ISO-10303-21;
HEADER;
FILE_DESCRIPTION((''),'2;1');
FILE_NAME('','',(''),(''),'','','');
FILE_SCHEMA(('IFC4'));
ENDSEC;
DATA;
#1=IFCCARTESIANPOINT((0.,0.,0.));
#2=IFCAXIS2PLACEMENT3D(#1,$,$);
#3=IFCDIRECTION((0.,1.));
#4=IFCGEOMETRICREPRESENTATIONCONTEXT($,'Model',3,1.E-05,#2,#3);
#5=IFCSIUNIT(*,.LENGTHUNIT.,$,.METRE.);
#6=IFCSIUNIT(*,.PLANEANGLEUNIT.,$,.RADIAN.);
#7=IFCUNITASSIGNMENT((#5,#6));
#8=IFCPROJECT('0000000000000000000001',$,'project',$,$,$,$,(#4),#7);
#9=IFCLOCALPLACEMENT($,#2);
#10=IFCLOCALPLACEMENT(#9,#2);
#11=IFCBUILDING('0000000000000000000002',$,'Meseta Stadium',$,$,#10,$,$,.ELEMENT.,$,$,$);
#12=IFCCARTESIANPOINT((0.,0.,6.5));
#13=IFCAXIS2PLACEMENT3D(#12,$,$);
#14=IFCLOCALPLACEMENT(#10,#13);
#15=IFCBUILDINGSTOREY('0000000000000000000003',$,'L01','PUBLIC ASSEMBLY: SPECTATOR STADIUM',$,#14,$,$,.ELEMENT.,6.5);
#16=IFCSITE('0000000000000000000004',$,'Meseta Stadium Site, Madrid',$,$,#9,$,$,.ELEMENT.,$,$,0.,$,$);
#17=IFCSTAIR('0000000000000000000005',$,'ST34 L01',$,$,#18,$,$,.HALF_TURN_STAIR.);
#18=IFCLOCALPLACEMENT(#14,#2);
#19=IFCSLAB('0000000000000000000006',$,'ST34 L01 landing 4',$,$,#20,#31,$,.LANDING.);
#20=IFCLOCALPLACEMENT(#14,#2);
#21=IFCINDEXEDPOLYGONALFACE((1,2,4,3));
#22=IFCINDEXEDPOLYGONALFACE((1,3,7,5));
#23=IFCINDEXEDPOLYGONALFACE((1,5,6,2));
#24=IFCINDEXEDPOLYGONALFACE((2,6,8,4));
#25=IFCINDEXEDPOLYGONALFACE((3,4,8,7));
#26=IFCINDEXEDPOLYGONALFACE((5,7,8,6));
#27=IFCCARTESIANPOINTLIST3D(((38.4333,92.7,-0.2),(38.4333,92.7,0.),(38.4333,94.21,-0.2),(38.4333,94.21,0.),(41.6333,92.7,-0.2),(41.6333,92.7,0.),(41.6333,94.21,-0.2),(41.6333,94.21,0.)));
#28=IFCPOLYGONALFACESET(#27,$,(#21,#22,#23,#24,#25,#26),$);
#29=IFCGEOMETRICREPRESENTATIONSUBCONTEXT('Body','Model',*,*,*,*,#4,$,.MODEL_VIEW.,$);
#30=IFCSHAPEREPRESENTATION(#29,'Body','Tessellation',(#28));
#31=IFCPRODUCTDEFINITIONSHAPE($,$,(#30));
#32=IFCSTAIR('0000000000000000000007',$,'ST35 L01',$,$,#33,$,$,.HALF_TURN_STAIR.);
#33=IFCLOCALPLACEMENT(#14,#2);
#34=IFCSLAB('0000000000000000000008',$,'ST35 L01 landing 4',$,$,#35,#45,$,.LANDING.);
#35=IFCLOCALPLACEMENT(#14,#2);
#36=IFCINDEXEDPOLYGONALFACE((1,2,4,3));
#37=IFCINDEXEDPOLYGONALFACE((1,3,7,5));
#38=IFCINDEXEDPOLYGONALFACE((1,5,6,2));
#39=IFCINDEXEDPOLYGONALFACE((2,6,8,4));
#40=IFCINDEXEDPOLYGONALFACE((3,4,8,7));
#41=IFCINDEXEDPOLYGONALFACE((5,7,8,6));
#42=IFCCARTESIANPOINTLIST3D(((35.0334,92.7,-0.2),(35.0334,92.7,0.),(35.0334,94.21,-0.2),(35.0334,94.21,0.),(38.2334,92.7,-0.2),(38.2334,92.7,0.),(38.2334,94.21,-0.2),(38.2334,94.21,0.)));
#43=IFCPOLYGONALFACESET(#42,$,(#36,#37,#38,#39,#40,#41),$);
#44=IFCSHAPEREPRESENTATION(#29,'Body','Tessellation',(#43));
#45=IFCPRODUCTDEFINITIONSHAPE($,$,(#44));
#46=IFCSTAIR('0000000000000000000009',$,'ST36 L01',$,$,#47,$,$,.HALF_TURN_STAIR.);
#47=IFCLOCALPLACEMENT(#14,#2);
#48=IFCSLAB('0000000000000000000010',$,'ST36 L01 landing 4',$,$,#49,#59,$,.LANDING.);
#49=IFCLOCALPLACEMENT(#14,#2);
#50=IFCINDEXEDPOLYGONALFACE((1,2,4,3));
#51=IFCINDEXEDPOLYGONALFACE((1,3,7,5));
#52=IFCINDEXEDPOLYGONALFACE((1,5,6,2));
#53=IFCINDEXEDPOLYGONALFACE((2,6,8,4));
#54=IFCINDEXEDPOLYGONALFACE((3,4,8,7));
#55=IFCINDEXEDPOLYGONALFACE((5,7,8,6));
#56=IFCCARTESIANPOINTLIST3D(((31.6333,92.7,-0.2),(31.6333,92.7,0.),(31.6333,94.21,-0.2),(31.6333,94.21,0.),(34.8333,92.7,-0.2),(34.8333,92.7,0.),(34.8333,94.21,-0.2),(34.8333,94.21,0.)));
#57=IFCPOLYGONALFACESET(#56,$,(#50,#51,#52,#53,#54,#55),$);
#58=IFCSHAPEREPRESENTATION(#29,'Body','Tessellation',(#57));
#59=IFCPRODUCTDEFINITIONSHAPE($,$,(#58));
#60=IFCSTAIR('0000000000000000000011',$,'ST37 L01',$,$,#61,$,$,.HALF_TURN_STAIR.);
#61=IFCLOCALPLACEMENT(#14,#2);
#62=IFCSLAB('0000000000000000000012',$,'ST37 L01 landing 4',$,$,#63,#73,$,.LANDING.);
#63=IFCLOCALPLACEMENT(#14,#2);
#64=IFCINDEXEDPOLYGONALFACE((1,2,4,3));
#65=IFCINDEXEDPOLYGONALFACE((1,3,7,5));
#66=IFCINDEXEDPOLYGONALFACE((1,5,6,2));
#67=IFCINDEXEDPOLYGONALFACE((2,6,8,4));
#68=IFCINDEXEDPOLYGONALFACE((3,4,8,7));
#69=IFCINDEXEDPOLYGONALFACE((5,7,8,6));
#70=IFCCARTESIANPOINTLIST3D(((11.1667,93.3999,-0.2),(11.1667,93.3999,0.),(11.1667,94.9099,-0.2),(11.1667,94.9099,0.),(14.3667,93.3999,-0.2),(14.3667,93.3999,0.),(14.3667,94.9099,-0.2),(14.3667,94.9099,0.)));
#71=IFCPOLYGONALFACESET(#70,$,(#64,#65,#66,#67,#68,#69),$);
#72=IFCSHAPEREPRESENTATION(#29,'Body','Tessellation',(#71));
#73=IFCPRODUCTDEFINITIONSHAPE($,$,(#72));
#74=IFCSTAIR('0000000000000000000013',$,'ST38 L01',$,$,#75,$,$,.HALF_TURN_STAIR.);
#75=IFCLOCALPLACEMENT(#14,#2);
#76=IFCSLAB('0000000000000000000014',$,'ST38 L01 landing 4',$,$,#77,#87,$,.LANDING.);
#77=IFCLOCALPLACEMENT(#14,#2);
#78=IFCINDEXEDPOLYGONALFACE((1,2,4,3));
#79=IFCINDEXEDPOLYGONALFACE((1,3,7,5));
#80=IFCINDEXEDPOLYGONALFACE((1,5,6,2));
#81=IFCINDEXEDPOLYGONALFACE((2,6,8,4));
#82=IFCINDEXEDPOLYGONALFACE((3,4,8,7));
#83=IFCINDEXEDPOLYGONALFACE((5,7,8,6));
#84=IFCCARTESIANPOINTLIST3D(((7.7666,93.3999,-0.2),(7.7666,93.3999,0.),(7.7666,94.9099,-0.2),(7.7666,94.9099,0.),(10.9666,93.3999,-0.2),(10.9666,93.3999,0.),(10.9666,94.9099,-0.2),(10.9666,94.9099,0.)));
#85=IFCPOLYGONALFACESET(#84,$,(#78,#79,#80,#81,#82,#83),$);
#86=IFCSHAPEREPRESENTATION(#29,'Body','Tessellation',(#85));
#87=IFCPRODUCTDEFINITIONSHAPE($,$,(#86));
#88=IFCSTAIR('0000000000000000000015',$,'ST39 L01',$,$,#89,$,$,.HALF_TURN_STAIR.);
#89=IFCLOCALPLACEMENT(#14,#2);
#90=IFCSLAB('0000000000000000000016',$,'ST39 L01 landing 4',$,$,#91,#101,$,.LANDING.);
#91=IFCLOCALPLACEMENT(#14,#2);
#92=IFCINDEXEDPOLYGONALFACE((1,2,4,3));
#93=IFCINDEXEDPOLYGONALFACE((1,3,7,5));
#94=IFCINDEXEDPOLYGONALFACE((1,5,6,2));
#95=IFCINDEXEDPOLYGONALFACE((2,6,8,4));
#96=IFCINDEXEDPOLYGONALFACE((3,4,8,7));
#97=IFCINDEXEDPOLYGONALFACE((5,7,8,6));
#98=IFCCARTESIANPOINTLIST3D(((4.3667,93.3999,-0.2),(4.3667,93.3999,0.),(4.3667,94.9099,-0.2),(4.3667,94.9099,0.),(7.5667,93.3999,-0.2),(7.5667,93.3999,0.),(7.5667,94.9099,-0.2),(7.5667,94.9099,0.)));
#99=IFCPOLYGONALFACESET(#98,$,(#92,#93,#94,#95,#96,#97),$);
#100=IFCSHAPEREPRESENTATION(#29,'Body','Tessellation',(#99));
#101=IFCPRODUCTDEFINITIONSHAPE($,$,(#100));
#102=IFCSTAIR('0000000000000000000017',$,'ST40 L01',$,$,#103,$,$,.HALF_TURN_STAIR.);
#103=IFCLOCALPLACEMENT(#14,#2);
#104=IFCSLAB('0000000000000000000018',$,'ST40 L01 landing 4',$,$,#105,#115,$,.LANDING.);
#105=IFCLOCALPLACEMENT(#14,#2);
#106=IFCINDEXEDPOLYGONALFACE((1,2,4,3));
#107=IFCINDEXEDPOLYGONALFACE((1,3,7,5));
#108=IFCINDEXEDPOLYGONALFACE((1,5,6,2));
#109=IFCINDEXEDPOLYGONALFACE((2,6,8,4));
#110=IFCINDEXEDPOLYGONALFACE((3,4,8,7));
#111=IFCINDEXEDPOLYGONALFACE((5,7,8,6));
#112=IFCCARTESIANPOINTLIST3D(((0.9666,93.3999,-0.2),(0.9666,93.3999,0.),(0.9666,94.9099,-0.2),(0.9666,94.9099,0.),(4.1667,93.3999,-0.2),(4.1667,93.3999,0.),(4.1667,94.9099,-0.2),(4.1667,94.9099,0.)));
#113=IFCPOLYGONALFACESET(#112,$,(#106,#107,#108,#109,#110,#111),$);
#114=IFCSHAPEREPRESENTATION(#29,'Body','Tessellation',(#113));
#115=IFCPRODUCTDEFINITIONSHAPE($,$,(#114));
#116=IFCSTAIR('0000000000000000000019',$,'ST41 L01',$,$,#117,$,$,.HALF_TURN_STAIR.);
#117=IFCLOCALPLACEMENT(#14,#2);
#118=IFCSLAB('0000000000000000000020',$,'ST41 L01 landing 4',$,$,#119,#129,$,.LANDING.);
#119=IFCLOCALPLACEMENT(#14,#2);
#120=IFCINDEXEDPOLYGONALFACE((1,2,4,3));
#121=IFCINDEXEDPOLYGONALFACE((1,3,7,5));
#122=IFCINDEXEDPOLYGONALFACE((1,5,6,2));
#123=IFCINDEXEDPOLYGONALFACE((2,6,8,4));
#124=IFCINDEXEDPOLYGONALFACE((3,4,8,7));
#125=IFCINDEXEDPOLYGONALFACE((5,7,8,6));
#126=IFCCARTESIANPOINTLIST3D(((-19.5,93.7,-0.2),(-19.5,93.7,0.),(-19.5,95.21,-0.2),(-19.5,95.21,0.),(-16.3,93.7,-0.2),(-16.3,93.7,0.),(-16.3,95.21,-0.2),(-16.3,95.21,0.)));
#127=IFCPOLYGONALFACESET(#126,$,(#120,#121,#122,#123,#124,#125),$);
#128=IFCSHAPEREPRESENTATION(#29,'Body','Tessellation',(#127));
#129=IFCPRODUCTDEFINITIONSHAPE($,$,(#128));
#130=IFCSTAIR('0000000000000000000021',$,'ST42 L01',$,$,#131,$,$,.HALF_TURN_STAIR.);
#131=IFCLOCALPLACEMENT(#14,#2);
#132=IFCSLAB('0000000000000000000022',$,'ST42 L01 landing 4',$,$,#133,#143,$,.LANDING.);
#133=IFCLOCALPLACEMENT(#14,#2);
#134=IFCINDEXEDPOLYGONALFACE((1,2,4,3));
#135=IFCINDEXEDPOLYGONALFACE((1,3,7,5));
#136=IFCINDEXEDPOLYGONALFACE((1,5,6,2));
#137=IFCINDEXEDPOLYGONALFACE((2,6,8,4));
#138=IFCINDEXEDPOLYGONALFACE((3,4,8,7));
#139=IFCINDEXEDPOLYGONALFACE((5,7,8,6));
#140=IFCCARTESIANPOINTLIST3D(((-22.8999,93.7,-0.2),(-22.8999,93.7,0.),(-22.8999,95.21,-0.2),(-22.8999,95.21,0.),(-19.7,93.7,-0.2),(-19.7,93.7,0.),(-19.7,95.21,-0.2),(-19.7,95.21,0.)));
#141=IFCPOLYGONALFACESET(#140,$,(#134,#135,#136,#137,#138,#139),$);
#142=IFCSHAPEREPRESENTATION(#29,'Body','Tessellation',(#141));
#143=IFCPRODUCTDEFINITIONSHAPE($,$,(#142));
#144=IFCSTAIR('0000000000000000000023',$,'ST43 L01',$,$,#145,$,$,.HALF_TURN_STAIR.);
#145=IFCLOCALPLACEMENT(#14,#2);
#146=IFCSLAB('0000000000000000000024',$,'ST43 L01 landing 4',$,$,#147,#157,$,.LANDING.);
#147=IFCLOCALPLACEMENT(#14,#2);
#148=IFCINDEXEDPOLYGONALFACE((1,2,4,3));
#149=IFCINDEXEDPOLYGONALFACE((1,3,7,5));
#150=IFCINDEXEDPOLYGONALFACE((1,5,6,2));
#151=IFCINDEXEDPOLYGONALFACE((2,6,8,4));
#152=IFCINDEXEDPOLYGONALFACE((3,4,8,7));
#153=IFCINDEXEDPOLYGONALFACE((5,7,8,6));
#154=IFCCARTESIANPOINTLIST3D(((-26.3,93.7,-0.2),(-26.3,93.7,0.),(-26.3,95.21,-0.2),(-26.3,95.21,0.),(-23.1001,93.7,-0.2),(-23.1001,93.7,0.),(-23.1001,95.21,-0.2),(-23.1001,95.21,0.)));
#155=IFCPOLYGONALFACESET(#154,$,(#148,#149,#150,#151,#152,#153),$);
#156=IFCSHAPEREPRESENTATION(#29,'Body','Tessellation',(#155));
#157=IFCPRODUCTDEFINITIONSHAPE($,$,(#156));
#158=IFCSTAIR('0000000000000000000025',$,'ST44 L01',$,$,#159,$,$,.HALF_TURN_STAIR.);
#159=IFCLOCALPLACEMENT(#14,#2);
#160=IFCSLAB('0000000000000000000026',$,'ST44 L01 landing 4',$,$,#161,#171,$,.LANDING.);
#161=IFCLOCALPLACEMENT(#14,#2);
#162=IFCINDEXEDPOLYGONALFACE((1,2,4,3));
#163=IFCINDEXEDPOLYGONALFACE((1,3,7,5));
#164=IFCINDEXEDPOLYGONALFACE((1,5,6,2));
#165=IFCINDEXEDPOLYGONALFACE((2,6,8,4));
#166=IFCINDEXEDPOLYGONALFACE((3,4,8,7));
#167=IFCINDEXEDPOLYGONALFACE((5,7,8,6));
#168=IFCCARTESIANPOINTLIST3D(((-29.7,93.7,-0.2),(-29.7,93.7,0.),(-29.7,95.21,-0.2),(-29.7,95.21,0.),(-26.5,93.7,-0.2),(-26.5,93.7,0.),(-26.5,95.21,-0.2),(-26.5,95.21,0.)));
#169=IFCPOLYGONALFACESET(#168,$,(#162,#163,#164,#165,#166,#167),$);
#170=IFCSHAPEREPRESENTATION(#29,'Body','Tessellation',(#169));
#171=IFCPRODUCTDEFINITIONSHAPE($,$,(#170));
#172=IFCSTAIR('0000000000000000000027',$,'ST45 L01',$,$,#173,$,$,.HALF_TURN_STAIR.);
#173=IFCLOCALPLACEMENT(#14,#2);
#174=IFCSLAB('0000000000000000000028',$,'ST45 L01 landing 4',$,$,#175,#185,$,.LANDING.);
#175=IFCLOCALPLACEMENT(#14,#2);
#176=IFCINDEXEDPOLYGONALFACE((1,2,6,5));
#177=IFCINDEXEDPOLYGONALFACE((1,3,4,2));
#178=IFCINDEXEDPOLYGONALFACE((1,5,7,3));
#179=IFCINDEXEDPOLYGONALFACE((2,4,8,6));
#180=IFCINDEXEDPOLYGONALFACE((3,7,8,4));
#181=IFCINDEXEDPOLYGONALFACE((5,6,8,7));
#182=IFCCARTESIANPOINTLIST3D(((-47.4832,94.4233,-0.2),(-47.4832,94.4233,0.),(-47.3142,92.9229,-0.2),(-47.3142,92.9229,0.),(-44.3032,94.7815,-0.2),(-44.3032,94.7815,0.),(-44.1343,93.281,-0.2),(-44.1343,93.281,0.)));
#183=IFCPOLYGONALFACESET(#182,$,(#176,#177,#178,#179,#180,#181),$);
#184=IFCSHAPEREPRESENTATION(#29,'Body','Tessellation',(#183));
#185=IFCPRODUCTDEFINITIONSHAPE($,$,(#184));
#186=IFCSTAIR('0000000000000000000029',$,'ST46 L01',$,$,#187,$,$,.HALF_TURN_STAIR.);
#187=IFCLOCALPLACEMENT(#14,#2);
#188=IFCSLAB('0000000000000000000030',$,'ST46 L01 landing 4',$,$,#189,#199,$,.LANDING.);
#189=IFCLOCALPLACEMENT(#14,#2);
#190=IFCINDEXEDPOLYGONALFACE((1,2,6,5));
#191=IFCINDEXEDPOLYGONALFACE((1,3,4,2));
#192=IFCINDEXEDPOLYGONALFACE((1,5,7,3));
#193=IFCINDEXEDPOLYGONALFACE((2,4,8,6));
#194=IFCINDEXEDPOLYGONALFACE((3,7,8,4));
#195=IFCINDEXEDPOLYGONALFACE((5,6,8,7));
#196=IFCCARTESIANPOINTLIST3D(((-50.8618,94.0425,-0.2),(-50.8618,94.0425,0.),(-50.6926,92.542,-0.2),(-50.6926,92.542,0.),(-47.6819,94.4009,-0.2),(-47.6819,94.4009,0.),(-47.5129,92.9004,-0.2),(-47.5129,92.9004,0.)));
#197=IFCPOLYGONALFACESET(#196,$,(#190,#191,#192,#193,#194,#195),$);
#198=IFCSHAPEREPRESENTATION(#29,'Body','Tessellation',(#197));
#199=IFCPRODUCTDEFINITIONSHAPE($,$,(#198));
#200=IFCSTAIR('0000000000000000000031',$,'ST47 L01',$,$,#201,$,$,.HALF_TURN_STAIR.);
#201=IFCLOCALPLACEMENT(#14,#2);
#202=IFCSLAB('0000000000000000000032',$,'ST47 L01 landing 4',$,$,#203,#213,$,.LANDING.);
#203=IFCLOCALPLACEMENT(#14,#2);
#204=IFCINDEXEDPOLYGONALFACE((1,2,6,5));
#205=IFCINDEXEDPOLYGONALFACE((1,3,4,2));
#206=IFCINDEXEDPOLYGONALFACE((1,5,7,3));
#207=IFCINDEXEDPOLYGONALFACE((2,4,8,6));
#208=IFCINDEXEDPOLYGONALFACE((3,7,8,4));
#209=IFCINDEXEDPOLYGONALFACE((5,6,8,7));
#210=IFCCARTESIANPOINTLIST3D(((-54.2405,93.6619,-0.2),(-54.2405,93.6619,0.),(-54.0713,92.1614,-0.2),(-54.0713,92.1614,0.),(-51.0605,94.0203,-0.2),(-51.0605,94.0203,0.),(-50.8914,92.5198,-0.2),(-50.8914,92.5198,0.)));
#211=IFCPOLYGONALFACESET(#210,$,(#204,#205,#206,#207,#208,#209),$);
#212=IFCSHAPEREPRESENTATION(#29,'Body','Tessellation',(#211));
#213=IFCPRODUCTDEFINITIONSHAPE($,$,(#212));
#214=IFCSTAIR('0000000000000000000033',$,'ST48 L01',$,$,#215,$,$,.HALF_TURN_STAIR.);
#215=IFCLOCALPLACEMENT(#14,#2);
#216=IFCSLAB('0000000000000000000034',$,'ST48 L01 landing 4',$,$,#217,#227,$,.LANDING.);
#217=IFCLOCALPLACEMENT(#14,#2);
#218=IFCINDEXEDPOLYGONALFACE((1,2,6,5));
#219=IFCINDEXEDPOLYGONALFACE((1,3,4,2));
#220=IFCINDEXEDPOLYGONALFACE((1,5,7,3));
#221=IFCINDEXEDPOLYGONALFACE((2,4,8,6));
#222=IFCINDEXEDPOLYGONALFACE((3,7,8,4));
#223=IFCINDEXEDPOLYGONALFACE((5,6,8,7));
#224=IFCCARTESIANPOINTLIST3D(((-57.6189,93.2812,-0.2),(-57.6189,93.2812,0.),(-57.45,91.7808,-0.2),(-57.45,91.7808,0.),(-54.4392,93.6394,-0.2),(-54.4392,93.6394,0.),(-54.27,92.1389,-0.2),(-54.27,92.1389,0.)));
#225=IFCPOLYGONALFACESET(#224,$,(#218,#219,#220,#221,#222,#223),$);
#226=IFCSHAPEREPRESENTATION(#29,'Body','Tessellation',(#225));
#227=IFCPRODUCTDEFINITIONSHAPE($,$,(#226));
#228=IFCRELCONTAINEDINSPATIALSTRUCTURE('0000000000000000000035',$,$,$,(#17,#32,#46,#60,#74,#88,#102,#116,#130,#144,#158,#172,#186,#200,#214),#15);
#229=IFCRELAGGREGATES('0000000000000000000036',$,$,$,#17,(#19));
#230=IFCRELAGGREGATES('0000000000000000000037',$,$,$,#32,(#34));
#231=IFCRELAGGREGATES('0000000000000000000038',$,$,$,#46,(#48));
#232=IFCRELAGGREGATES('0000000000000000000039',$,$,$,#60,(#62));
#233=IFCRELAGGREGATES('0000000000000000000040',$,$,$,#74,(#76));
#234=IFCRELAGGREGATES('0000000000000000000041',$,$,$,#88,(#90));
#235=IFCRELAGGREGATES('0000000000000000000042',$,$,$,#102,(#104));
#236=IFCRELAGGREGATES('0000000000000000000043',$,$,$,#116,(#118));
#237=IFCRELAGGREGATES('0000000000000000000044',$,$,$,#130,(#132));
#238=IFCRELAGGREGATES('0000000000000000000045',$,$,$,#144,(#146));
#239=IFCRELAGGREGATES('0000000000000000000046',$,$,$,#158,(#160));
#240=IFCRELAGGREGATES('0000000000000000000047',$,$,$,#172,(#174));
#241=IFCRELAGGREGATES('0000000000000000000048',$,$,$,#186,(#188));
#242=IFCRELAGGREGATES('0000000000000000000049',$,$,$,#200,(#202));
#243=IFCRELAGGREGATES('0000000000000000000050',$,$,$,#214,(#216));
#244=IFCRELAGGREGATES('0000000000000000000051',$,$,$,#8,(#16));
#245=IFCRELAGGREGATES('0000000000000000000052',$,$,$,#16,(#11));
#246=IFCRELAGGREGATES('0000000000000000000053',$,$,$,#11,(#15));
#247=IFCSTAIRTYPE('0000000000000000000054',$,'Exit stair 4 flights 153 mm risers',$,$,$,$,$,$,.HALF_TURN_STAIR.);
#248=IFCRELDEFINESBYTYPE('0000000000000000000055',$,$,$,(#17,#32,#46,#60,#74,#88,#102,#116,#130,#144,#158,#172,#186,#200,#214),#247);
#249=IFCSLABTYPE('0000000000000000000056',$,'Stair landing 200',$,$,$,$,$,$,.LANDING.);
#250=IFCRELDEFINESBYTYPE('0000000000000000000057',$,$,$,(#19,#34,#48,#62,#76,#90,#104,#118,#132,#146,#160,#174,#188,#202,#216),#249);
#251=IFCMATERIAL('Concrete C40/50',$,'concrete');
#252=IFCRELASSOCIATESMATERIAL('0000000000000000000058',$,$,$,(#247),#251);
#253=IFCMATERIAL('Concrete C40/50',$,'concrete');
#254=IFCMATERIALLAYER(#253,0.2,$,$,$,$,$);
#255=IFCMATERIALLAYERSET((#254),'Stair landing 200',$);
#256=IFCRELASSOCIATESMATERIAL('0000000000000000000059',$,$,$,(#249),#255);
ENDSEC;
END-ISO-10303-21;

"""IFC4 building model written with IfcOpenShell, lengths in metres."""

from ifc_helpers import new_model, si_unit, direction, frame, origin, place, context, subcontext, project, spatial, polyline, outline, extrude, material, layer, layer_set, type_object, element, aggregate, save


model = new_model("IFC4")

# Units and contexts
model_context = context("Model", 3, precision=1e-05, world=origin(), true_north=direction((0.0, 1.0)))
body_context = subcontext(model_context, "Body", "Model", "MODEL_VIEW")
ifc_project = project(units=[si_unit("LENGTHUNIT", "METRE"), si_unit("PLANEANGLEUNIT", "RADIAN")], contexts=[model_context])

# Site, building, storey
site_placement = place(None, origin())
site = spatial("IfcSite", under=ifc_project, at=site_placement, Name="Meseta Stadium Site, Madrid", CompositionType="ELEMENT", RefElevation=0.0)
building_placement = place(site_placement, origin())
building = spatial("IfcBuilding", under=site, at=building_placement, Name="Meseta Stadium", CompositionType="ELEMENT")
storey_placement = place(building_placement, frame((0.0, 0.0, 6.5)))
storey = spatial("IfcBuildingStorey", under=building, at=storey_placement, Name="L01", Description="PUBLIC ASSEMBLY: SPECTATOR STADIUM", CompositionType="ELEMENT", Elevation=6.5)

# Stairs, slabs
ifc_material_1 = material(Name="Concrete C40/50", Category="concrete")
stair_type = type_object("IfcStairType", Name="Exit stair 4 flights 153 mm risers", PredefinedType="HALF_TURN_STAIR", material=ifc_material_1)
stair_1_placement = place(storey_placement, origin())
stair_1 = element("IfcStair", 1, at=stair_1_placement, inside=storey, type_object=stair_type, Name="ST34 L01", PredefinedType="HALF_TURN_STAIR")
ifc_material_2 = material(Name="Concrete C40/50", Category="concrete")
ifc_layer = layer(ifc_material_2, 0.2)
ifc_layer_set = layer_set([ifc_layer], Name="Stair landing 200")
slab_type = type_object("IfcSlabType", Name="Stair landing 200", PredefinedType="LANDING", material=ifc_layer_set)
slab_1_placement = place(storey_placement, frame((0.0, 0.0, -0.2)))
slab_1 = element("IfcSlab", 2, at=slab_1_placement, type_object=slab_type, Name="ST34 L01 landing 4", PredefinedType="LANDING", context=body_context, shape_type="SweptSolid", body=[
    extrude(outline(polyline([(41.6333, 92.7), (41.6333, 94.21), (38.4333, 94.21), (38.4333, 92.7), (41.6333, 92.7)])), origin(), (0.0, 0.0, 1.0), 0.2),
])
aggregate(stair_1, [slab_1])
stair_2_placement = place(storey_placement, origin())
stair_2 = element("IfcStair", 3, at=stair_2_placement, inside=storey, type_object=stair_type, Name="ST35 L01", PredefinedType="HALF_TURN_STAIR")
slab_2_placement = place(storey_placement, frame((0.0, 0.0, -0.2)))
slab_2 = element("IfcSlab", 4, at=slab_2_placement, type_object=slab_type, Name="ST35 L01 landing 4", PredefinedType="LANDING", context=body_context, shape_type="SweptSolid", body=[
    extrude(outline(polyline([(38.2334, 92.7), (38.2334, 94.21), (35.0334, 94.21), (35.0334, 92.7), (38.2334, 92.7)])), origin(), (0.0, 0.0, 1.0), 0.2),
])
aggregate(stair_2, [slab_2])
stair_3_placement = place(storey_placement, origin())
stair_3 = element("IfcStair", 5, at=stair_3_placement, inside=storey, type_object=stair_type, Name="ST36 L01", PredefinedType="HALF_TURN_STAIR")
slab_3_placement = place(storey_placement, frame((0.0, 0.0, -0.2)))
slab_3 = element("IfcSlab", 6, at=slab_3_placement, type_object=slab_type, Name="ST36 L01 landing 4", PredefinedType="LANDING", context=body_context, shape_type="SweptSolid", body=[
    extrude(outline(polyline([(34.8333, 92.7), (34.8333, 94.21), (31.6333, 94.21), (31.6333, 92.7), (34.8333, 92.7)])), origin(), (0.0, 0.0, 1.0), 0.2),
])
aggregate(stair_3, [slab_3])
stair_4_placement = place(storey_placement, origin())
stair_4 = element("IfcStair", 7, at=stair_4_placement, inside=storey, type_object=stair_type, Name="ST37 L01", PredefinedType="HALF_TURN_STAIR")
slab_4_placement = place(storey_placement, frame((0.0, 0.0, -0.2)))
slab_4 = element("IfcSlab", 8, at=slab_4_placement, type_object=slab_type, Name="ST37 L01 landing 4", PredefinedType="LANDING", context=body_context, shape_type="SweptSolid", body=[
    extrude(outline(polyline([(14.3667, 93.3999), (14.3667, 94.9099), (11.1667, 94.9099), (11.1667, 93.3999), (14.3667, 93.3999)])), origin(), (0.0, 0.0, 1.0), 0.2),
])
aggregate(stair_4, [slab_4])
stair_5_placement = place(storey_placement, origin())
stair_5 = element("IfcStair", 9, at=stair_5_placement, inside=storey, type_object=stair_type, Name="ST38 L01", PredefinedType="HALF_TURN_STAIR")
slab_5_placement = place(storey_placement, frame((0.0, 0.0, -0.2)))
slab_5 = element("IfcSlab", 10, at=slab_5_placement, type_object=slab_type, Name="ST38 L01 landing 4", PredefinedType="LANDING", context=body_context, shape_type="SweptSolid", body=[
    extrude(outline(polyline([(10.9666, 93.3999), (10.9666, 94.9099), (7.7666, 94.9099), (7.7666, 93.3999), (10.9666, 93.3999)])), origin(), (0.0, 0.0, 1.0), 0.2),
])
aggregate(stair_5, [slab_5])
stair_6_placement = place(storey_placement, origin())
stair_6 = element("IfcStair", 11, at=stair_6_placement, inside=storey, type_object=stair_type, Name="ST39 L01", PredefinedType="HALF_TURN_STAIR")
slab_6_placement = place(storey_placement, frame((0.0, 0.0, -0.2)))
slab_6 = element("IfcSlab", 12, at=slab_6_placement, type_object=slab_type, Name="ST39 L01 landing 4", PredefinedType="LANDING", context=body_context, shape_type="SweptSolid", body=[
    extrude(outline(polyline([(7.5667, 93.3999), (7.5667, 94.9099), (4.3667, 94.9099), (4.3667, 93.3999), (7.5667, 93.3999)])), origin(), (0.0, 0.0, 1.0), 0.2),
])
aggregate(stair_6, [slab_6])
stair_7_placement = place(storey_placement, origin())
stair_7 = element("IfcStair", 13, at=stair_7_placement, inside=storey, type_object=stair_type, Name="ST40 L01", PredefinedType="HALF_TURN_STAIR")
slab_7_placement = place(storey_placement, frame((0.0, 0.0, -0.2)))
slab_7 = element("IfcSlab", 14, at=slab_7_placement, type_object=slab_type, Name="ST40 L01 landing 4", PredefinedType="LANDING", context=body_context, shape_type="SweptSolid", body=[
    extrude(outline(polyline([(4.1667, 93.3999), (4.1667, 94.9099), (0.9666, 94.9099), (0.9666, 93.3999), (4.1667, 93.3999)])), origin(), (0.0, 0.0, 1.0), 0.2),
])
aggregate(stair_7, [slab_7])
stair_8_placement = place(storey_placement, origin())
stair_8 = element("IfcStair", 15, at=stair_8_placement, inside=storey, type_object=stair_type, Name="ST41 L01", PredefinedType="HALF_TURN_STAIR")
slab_8_placement = place(storey_placement, frame((0.0, 0.0, -0.2)))
slab_8 = element("IfcSlab", 16, at=slab_8_placement, type_object=slab_type, Name="ST41 L01 landing 4", PredefinedType="LANDING", context=body_context, shape_type="SweptSolid", body=[
    extrude(outline(polyline([(-16.3, 93.7), (-16.3, 95.21), (-19.5, 95.21), (-19.5, 93.7), (-16.3, 93.7)])), origin(), (0.0, 0.0, 1.0), 0.2),
])
aggregate(stair_8, [slab_8])
stair_9_placement = place(storey_placement, origin())
stair_9 = element("IfcStair", 17, at=stair_9_placement, inside=storey, type_object=stair_type, Name="ST42 L01", PredefinedType="HALF_TURN_STAIR")
slab_9_placement = place(storey_placement, frame((0.0, 0.0, -0.2)))
slab_9 = element("IfcSlab", 18, at=slab_9_placement, type_object=slab_type, Name="ST42 L01 landing 4", PredefinedType="LANDING", context=body_context, shape_type="SweptSolid", body=[
    extrude(outline(polyline([(-19.7, 93.7), (-19.7, 95.21), (-22.8999, 95.21), (-22.8999, 93.7), (-19.7, 93.7)])), origin(), (0.0, 0.0, 1.0), 0.2),
])
aggregate(stair_9, [slab_9])
stair_10_placement = place(storey_placement, origin())
stair_10 = element("IfcStair", 19, at=stair_10_placement, inside=storey, type_object=stair_type, Name="ST43 L01", PredefinedType="HALF_TURN_STAIR")
slab_10_placement = place(storey_placement, frame((0.0, 0.0, -0.2)))
slab_10 = element("IfcSlab", 20, at=slab_10_placement, type_object=slab_type, Name="ST43 L01 landing 4", PredefinedType="LANDING", context=body_context, shape_type="SweptSolid", body=[
    extrude(outline(polyline([(-23.1001, 93.7), (-23.1001, 95.21), (-26.3, 95.21), (-26.3, 93.7), (-23.1001, 93.7)])), origin(), (0.0, 0.0, 1.0), 0.2),
])
aggregate(stair_10, [slab_10])
stair_11_placement = place(storey_placement, origin())
stair_11 = element("IfcStair", 21, at=stair_11_placement, inside=storey, type_object=stair_type, Name="ST44 L01", PredefinedType="HALF_TURN_STAIR")
slab_11_placement = place(storey_placement, frame((0.0, 0.0, -0.2)))
slab_11 = element("IfcSlab", 22, at=slab_11_placement, type_object=slab_type, Name="ST44 L01 landing 4", PredefinedType="LANDING", context=body_context, shape_type="SweptSolid", body=[
    extrude(outline(polyline([(-26.5, 93.7), (-26.5, 95.21), (-29.7, 95.21), (-29.7, 93.7), (-26.5, 93.7)])), origin(), (0.0, 0.0, 1.0), 0.2),
])
aggregate(stair_11, [slab_11])
stair_12_placement = place(storey_placement, origin())
stair_12 = element("IfcStair", 23, at=stair_12_placement, inside=storey, type_object=stair_type, Name="ST45 L01", PredefinedType="HALF_TURN_STAIR")
slab_12_placement = place(storey_placement, frame((0.0, 0.0, -0.2)))
slab_12 = element("IfcSlab", 24, at=slab_12_placement, type_object=slab_type, Name="ST45 L01 landing 4", PredefinedType="LANDING", context=body_context, shape_type="SweptSolid", body=[
    extrude(outline(polyline([(-44.1343, 93.281), (-44.3032, 94.7815), (-47.4832, 94.4233), (-47.3142, 92.9229), (-44.1343, 93.281)])), origin(), (0.0, 0.0, 1.0), 0.2),
])
aggregate(stair_12, [slab_12])
stair_13_placement = place(storey_placement, origin())
stair_13 = element("IfcStair", 25, at=stair_13_placement, inside=storey, type_object=stair_type, Name="ST46 L01", PredefinedType="HALF_TURN_STAIR")
slab_13_placement = place(storey_placement, frame((0.0, 0.0, -0.2)))
slab_13 = element("IfcSlab", 26, at=slab_13_placement, type_object=slab_type, Name="ST46 L01 landing 4", PredefinedType="LANDING", context=body_context, shape_type="SweptSolid", body=[
    extrude(outline(polyline([(-47.5129, 92.9004), (-47.6819, 94.4009), (-50.8618, 94.0425), (-50.6926, 92.542), (-47.5129, 92.9004)])), origin(), (0.0, 0.0, 1.0), 0.2),
])
aggregate(stair_13, [slab_13])
stair_14_placement = place(storey_placement, origin())
stair_14 = element("IfcStair", 27, at=stair_14_placement, inside=storey, type_object=stair_type, Name="ST47 L01", PredefinedType="HALF_TURN_STAIR")
slab_14_placement = place(storey_placement, frame((0.0, 0.0, -0.2)))
slab_14 = element("IfcSlab", 28, at=slab_14_placement, type_object=slab_type, Name="ST47 L01 landing 4", PredefinedType="LANDING", context=body_context, shape_type="SweptSolid", body=[
    extrude(outline(polyline([(-50.8914, 92.5198), (-51.0605, 94.0203), (-54.2405, 93.6619), (-54.0713, 92.1614), (-50.8914, 92.5198)])), origin(), (0.0, 0.0, 1.0), 0.2),
])
aggregate(stair_14, [slab_14])
stair_15_placement = place(storey_placement, origin())
stair_15 = element("IfcStair", 29, at=stair_15_placement, inside=storey, type_object=stair_type, Name="ST48 L01", PredefinedType="HALF_TURN_STAIR")
slab_15_placement = place(storey_placement, frame((0.0, 0.0, -0.2)))
slab_15 = element("IfcSlab", 30, at=slab_15_placement, type_object=slab_type, Name="ST48 L01 landing 4", PredefinedType="LANDING", context=body_context, shape_type="SweptSolid", body=[
    extrude(outline(polyline([(-54.27, 92.1389), (-54.4392, 93.6394), (-57.6189, 93.2812), (-57.45, 91.7808), (-54.27, 92.1389)])), origin(), (0.0, 0.0, 1.0), 0.2),
])
aggregate(stair_15, [slab_15])

save(model, "model.ifc")
